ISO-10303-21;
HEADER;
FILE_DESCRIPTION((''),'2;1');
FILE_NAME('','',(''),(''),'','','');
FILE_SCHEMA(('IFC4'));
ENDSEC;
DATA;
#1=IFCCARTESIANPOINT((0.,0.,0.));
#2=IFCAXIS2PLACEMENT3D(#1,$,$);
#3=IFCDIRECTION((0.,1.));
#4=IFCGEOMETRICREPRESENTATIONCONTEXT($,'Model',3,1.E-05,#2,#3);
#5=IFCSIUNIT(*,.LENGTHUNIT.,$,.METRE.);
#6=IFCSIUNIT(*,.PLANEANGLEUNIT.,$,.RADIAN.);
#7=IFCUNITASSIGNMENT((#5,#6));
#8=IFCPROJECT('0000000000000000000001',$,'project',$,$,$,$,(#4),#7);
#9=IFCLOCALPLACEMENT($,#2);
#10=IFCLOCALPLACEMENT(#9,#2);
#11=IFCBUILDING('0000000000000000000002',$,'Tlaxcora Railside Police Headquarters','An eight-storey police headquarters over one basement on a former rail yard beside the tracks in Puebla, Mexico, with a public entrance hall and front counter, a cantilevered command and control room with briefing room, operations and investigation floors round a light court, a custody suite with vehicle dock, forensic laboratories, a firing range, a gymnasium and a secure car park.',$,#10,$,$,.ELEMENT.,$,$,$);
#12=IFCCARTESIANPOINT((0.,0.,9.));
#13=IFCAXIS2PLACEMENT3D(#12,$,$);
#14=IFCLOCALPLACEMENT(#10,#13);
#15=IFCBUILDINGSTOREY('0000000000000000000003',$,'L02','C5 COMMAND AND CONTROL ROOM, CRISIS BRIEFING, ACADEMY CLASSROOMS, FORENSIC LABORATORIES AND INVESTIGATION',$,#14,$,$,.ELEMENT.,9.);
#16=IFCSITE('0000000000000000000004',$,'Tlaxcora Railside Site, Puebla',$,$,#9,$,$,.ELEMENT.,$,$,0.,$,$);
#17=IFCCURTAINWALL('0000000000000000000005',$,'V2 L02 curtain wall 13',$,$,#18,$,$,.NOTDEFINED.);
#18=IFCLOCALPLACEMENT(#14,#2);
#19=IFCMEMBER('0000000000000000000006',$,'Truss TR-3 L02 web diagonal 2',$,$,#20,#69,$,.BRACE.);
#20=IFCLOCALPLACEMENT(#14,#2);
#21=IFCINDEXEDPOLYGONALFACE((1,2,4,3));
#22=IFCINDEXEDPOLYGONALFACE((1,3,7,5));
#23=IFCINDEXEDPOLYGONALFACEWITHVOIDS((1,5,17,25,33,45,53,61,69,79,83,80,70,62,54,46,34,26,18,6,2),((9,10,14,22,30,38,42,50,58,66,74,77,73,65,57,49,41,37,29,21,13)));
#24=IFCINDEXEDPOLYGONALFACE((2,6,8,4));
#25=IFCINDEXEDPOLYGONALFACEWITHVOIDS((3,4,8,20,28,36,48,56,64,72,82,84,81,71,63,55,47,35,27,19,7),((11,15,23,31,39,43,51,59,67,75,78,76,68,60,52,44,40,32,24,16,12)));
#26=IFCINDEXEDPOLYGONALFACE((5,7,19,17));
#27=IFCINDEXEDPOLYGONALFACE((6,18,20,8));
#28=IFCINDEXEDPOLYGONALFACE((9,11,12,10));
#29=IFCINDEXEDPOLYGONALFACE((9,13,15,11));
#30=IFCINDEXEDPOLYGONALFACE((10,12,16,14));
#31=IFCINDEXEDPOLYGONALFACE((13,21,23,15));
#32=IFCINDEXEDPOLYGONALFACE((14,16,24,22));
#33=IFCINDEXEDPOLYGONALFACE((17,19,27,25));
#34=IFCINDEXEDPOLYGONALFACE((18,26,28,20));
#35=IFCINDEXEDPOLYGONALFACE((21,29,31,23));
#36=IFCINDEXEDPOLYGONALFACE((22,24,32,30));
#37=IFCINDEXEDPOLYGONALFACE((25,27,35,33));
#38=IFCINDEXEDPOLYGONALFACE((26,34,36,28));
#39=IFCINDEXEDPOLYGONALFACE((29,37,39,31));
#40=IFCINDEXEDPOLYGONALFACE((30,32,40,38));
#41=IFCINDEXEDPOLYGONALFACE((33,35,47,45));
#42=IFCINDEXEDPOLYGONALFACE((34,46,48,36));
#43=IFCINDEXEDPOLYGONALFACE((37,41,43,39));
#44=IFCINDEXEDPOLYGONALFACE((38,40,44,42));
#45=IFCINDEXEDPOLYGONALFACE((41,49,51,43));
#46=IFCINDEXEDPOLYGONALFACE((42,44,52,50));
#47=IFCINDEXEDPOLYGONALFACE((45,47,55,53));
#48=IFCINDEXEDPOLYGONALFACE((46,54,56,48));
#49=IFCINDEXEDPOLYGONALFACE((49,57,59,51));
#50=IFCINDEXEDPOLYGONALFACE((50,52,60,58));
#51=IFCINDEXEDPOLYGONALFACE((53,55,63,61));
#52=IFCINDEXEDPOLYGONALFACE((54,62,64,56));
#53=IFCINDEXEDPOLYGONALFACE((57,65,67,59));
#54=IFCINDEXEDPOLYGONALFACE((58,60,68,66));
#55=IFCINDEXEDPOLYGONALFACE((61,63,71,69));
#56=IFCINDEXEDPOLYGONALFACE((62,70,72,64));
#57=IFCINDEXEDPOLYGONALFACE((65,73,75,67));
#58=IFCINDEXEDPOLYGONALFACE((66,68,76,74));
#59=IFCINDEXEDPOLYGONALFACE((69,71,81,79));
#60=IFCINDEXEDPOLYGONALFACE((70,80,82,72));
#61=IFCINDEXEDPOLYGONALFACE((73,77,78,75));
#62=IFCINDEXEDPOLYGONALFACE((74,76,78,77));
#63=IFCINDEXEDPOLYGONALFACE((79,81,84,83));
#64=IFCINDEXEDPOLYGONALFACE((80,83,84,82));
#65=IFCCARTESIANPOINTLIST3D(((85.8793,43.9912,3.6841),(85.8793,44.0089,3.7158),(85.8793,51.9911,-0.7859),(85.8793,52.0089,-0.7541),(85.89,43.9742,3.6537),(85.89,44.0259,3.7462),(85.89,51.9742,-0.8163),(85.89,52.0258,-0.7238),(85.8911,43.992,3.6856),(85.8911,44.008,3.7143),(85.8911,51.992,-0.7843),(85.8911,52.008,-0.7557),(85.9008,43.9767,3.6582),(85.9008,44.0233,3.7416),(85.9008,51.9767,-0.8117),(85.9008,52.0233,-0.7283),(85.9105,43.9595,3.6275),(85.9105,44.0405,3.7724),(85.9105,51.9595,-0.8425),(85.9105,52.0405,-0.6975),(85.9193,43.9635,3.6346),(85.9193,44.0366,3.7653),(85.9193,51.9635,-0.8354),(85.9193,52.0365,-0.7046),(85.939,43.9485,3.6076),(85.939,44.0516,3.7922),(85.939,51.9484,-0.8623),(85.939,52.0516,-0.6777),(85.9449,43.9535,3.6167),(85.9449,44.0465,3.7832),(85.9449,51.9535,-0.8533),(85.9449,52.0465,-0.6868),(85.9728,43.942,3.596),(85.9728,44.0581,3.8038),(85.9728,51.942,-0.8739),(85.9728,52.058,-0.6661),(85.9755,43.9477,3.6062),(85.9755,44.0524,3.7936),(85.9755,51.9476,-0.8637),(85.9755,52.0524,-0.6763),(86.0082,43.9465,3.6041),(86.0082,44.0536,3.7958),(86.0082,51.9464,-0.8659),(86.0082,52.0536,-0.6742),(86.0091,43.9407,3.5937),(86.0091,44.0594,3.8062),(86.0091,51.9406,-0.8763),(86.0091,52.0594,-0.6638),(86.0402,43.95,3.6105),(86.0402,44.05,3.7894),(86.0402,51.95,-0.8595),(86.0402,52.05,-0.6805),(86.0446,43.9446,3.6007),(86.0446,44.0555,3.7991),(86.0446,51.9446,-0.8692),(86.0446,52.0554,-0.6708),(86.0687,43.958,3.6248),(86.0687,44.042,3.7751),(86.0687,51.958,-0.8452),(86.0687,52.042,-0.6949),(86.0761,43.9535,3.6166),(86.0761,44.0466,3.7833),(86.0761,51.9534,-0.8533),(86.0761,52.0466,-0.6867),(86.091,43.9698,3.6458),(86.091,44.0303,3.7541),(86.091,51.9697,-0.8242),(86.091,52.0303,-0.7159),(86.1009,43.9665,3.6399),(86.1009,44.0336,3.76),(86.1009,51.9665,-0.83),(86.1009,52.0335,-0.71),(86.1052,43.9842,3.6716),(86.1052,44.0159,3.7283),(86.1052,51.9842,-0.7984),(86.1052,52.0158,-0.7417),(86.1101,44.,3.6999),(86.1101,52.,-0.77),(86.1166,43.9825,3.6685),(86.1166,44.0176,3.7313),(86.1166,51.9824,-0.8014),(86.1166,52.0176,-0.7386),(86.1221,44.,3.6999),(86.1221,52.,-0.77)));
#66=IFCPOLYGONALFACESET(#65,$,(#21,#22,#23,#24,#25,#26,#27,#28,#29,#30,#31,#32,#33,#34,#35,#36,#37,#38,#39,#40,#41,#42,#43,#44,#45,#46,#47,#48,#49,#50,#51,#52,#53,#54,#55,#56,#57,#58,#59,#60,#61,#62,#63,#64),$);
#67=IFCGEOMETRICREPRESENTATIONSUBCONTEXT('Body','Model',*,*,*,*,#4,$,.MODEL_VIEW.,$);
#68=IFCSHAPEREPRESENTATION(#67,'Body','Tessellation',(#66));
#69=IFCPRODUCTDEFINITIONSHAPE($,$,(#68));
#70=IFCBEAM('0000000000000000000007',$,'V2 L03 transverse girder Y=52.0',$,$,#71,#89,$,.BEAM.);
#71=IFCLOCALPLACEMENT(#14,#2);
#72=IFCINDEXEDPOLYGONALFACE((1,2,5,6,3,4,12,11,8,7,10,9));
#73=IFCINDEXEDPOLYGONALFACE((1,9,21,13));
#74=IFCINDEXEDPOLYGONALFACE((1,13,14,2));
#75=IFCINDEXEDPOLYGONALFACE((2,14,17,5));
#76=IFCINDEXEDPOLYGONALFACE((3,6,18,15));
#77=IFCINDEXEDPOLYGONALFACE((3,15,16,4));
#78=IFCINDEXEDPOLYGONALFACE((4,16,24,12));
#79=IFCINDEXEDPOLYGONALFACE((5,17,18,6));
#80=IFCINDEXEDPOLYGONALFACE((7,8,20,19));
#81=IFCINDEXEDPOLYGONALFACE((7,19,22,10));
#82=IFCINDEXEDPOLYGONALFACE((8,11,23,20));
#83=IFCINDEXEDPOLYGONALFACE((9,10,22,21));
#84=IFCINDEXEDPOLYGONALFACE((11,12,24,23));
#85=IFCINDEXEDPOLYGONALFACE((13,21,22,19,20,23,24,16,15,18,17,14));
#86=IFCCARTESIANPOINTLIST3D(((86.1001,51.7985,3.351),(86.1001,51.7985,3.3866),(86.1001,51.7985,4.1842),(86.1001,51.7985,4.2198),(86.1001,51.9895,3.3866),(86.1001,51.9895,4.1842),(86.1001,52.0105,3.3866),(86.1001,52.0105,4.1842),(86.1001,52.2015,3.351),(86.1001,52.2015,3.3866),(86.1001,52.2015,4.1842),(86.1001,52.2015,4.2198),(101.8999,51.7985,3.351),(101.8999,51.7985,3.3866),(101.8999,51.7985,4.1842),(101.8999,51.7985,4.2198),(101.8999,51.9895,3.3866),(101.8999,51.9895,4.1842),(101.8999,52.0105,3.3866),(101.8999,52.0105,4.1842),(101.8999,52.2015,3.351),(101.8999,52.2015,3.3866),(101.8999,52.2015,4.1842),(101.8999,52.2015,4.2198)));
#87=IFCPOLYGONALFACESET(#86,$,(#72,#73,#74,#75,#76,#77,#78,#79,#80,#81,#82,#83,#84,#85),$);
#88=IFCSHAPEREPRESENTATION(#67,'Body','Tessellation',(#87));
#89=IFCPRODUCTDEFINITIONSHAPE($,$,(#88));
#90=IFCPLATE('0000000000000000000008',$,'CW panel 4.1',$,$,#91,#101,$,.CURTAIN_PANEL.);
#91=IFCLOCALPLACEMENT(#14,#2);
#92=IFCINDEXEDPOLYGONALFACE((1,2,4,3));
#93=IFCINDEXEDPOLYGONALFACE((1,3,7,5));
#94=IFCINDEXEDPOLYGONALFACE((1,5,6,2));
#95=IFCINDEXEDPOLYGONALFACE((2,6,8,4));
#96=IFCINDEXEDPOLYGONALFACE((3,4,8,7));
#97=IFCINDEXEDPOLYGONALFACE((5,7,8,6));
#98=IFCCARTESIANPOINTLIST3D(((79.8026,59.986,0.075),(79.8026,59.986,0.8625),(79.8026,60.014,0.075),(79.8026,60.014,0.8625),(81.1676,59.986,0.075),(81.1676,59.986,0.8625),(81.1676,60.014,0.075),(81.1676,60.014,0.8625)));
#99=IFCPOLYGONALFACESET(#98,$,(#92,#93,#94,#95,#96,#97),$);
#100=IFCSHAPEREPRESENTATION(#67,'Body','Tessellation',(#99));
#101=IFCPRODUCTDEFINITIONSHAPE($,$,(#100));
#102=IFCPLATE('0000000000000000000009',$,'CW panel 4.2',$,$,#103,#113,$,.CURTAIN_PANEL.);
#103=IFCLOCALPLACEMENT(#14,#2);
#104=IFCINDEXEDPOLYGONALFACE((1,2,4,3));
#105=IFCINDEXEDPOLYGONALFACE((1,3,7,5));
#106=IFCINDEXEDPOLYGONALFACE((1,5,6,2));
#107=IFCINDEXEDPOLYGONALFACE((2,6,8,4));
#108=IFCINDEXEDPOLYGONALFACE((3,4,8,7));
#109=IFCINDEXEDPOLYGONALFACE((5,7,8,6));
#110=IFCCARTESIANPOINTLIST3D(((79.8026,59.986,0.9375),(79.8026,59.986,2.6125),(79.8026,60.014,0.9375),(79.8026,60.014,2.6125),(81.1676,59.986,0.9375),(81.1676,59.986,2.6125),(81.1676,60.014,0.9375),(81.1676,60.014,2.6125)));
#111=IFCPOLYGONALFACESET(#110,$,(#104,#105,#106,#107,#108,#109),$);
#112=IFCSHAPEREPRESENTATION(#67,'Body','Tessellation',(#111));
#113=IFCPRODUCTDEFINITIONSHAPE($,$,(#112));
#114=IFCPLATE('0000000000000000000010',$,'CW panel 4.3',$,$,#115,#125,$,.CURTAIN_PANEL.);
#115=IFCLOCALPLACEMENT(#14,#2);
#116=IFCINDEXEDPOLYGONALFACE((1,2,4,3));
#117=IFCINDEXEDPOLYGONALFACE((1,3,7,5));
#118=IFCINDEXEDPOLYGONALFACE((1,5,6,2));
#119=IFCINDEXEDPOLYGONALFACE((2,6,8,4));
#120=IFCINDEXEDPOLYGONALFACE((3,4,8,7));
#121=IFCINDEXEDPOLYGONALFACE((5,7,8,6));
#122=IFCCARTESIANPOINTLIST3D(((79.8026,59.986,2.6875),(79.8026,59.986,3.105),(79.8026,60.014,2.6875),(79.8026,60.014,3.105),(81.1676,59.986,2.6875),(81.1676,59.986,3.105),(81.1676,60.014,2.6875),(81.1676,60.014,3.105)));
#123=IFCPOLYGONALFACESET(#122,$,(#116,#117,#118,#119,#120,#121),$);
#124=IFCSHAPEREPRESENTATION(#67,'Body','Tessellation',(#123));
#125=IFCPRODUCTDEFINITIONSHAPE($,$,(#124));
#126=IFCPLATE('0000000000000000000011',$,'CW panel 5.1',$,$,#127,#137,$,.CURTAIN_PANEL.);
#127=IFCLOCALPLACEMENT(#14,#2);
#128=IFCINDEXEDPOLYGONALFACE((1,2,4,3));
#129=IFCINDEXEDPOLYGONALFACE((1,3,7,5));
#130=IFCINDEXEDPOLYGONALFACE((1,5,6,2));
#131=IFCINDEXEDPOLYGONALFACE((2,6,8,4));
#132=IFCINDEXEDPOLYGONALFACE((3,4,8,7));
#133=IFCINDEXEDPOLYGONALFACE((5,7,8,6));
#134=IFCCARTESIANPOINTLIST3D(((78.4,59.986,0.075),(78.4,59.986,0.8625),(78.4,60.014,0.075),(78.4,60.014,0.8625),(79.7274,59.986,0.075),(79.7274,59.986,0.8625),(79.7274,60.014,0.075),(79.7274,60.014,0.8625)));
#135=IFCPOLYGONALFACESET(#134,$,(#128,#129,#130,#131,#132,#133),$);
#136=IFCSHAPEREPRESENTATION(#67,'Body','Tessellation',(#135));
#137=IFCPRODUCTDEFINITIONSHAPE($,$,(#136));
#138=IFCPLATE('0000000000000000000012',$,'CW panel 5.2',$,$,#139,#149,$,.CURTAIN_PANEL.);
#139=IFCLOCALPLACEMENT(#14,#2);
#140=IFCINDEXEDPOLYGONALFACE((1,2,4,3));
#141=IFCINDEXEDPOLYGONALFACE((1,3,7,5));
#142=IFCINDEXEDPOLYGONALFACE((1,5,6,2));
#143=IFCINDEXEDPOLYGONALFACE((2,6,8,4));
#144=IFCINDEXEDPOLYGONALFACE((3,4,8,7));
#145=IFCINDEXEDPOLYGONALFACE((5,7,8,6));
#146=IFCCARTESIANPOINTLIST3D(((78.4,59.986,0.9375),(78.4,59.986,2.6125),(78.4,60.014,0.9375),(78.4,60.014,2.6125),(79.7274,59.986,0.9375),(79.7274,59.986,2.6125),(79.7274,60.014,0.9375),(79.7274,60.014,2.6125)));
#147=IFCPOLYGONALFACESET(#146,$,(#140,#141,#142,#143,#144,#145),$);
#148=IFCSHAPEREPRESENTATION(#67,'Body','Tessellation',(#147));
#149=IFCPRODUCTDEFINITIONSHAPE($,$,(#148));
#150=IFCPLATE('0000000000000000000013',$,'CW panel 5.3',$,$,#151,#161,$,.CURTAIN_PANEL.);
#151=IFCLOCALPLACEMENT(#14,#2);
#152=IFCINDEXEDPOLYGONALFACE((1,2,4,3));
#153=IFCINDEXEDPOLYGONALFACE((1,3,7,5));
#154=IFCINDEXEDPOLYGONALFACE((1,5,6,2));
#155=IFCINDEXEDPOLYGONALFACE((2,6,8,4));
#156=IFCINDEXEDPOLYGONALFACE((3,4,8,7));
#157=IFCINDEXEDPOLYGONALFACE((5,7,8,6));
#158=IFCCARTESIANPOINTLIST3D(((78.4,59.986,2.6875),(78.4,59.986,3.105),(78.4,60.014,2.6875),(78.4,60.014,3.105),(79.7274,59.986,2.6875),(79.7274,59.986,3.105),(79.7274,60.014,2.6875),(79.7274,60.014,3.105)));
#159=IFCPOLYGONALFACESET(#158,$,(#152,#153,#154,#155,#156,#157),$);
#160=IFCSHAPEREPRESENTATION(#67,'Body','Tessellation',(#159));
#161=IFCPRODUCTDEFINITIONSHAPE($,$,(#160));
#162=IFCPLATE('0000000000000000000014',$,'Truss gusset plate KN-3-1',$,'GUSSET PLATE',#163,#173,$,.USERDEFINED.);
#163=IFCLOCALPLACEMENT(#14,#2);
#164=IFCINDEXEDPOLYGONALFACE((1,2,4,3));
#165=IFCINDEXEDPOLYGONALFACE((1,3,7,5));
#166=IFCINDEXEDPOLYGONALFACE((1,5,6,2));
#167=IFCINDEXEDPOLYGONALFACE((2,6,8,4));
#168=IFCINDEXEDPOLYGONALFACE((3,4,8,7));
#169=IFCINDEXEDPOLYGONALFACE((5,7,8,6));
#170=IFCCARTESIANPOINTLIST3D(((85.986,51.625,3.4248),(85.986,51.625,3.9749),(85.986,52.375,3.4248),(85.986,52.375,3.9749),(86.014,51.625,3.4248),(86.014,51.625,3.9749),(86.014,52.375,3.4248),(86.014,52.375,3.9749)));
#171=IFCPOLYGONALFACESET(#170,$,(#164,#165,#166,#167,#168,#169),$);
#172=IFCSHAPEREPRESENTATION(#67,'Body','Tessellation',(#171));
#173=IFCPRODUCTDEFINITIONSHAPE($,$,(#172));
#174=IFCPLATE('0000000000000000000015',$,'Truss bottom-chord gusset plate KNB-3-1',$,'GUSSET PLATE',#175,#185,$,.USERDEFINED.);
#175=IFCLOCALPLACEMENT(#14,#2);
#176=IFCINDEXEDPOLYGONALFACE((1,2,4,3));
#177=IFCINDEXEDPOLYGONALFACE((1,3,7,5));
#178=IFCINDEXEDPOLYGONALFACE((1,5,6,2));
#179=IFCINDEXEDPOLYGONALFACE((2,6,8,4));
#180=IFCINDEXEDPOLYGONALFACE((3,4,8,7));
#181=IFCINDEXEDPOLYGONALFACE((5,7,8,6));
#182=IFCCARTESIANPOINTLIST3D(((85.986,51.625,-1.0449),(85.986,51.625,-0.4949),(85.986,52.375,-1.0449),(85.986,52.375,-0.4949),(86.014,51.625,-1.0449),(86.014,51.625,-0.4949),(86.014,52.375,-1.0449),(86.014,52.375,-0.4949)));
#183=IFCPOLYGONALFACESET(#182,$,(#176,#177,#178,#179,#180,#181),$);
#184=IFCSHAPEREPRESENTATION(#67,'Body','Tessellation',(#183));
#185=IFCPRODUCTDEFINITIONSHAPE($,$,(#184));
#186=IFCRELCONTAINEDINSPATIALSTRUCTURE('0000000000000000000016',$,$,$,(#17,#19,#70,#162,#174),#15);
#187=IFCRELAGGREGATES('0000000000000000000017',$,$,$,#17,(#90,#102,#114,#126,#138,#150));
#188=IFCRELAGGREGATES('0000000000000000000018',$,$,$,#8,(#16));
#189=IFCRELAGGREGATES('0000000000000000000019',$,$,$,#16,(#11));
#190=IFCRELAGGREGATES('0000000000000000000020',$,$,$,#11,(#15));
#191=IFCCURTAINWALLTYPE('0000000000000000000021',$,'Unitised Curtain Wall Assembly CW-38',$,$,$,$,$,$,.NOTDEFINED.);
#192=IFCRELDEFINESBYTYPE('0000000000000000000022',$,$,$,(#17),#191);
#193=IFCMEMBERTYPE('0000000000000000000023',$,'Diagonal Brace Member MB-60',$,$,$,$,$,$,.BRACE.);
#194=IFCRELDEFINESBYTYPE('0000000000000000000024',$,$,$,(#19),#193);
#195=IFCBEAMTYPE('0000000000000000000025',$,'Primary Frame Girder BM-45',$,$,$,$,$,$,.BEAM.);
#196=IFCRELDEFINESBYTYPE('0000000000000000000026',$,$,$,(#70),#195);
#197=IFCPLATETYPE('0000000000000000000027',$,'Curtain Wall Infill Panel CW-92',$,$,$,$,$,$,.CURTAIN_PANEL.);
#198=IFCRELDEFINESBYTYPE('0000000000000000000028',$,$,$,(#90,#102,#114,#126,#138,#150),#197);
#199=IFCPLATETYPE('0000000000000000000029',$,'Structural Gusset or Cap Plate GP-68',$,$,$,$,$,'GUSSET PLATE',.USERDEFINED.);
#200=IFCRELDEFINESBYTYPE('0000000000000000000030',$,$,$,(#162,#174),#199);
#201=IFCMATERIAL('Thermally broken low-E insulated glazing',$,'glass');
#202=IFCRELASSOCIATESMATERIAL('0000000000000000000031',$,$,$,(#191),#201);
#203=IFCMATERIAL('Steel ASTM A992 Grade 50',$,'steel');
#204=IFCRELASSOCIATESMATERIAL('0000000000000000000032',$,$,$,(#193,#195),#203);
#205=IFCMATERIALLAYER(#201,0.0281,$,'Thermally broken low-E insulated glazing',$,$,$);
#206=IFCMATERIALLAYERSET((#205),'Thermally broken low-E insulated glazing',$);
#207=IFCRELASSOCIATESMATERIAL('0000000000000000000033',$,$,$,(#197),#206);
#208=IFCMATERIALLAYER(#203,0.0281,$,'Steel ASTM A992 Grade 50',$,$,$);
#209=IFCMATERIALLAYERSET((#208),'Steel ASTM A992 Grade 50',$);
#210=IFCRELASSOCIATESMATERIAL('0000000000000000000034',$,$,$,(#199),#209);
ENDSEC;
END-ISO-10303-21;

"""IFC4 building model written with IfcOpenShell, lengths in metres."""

from ifc_helpers import new_model, si_unit, direction, frame, origin, origin_2d, place, context, subcontext, project, spatial, rectangle, hollow_circle, i_section, extrude, material, layer, layer_set, material_profile, profile_set, type_object, element, aggregate, save


model = new_model("IFC4")

# Units and contexts
model_context = context("Model", 3, precision=1e-05, world=origin(), true_north=direction((0.0, 1.0)))
body_context = subcontext(model_context, "Body", "Model", "MODEL_VIEW")
ifc_project = project(units=[si_unit("LENGTHUNIT", "METRE"), si_unit("PLANEANGLEUNIT", "RADIAN")], contexts=[model_context])

# Site, building, storey
site_placement = place(None, origin())
site = spatial("IfcSite", under=ifc_project, at=site_placement, Name="Tlaxcora Railside Site, Puebla", CompositionType="ELEMENT", RefElevation=0.0)
building_placement = place(site_placement, origin())
building = spatial("IfcBuilding", under=site, at=building_placement, Name="Tlaxcora Railside Police Headquarters", Description="An eight-storey police headquarters over one basement on a former rail yard beside the tracks in Puebla, Mexico, with a public entrance hall and front counter, a cantilevered command and control room with briefing room, operations and investigation floors round a light court, a custody suite with vehicle dock, forensic laboratories, a firing range, a gymnasium and a secure car park.", CompositionType="ELEMENT")
storey_placement = place(building_placement, frame((0.0, 0.0, 9.0)))
storey = spatial("IfcBuildingStorey", under=building, at=storey_placement, Name="L02", Description="C5 COMMAND AND CONTROL ROOM, CRISIS BRIEFING, ACADEMY CLASSROOMS, FORENSIC LABORATORIES AND INVESTIGATION", CompositionType="ELEMENT", Elevation=9.0)

# Curtain wall
ifc_material_1 = material(Name="Thermally broken low-E insulated glazing", Category="glass")
curtain_wall_type = type_object("IfcCurtainWallType", Name="Unitised Curtain Wall Assembly CW-38", PredefinedType="NOTDEFINED", material=ifc_material_1)
curtain_wall_placement = place(storey_placement, origin())
curtain_wall = element("IfcCurtainWall", 1, at=curtain_wall_placement, inside=storey, type_object=curtain_wall_type, Name="V2 L02 curtain wall 13", PredefinedType="NOTDEFINED")

# Member
ifc_material_2 = material(Name="Steel ASTM A992 Grade 50", Category="steel")
ifc_material_profile_1 = material_profile(ifc_material_2, hollow_circle(Radius=0.1221, WallThickness=0.012, at=origin_2d()), Name="CHS244X12")
ifc_profile_set_1 = profile_set([ifc_material_profile_1], Name="Steel ASTM A992 Grade 50")
member_type_1 = type_object("IfcMemberType", Name="Diagonal Brace Member MB-60", PredefinedType="BRACE", material=ifc_profile_set_1)
member_1_placement = place(storey_placement, frame((86.0, 52.0, -0.77), z_axis=(0.0, -0.872972, 0.48777), x_axis=(1.0, 0.0, 0.0)))
element("IfcMember", 2, at=member_1_placement, inside=storey, type_object=member_type_1, Name="Truss TR-3 L02 web diagonal 2", PredefinedType="BRACE", context=body_context, shape_type="SweptSolid", body=[
    extrude(hollow_circle(Radius=0.1221, WallThickness=0.012, at=origin_2d()), origin(), (0.0, 0.0, 1.0), 9.1641),
])

# Beam
ifc_material_profile_2 = material_profile(ifc_material_2, i_section(OverallWidth=0.4031, OverallDepth=0.8689, WebThickness=0.021, FlangeThickness=0.0356, at=origin_2d()), Name="W33X241")
ifc_profile_set_2 = profile_set([ifc_material_profile_2], Name="Steel ASTM A992 Grade 50")
beam_type = type_object("IfcBeamType", Name="Primary Frame Girder BM-45", PredefinedType="BEAM", material=ifc_profile_set_2)
beam_placement = place(storey_placement, frame((86.1001, 52.0, 3.7854), z_axis=(1.0, 0.0, 0.0), x_axis=(0.0, 1.0, 0.0)))
element("IfcBeam", 3, at=beam_placement, inside=storey, type_object=beam_type, Name="V2 L03 transverse girder Y=52.0", PredefinedType="BEAM", context=body_context, shape_type="SweptSolid", body=[
    extrude(i_section(OverallWidth=0.4031, OverallDepth=0.8689, WebThickness=0.021, FlangeThickness=0.0356, at=origin_2d()), origin(), (0.0, 0.0, 1.0), 15.7998),
])

# Plates
ifc_layer_1 = layer(ifc_material_1, 0.0281, Name="Thermally broken low-E insulated glazing")
ifc_layer_set_1 = layer_set([ifc_layer_1], Name="Thermally broken low-E insulated glazing")
plate_type_1 = type_object("IfcPlateType", Name="Curtain Wall Infill Panel CW-92", PredefinedType="CURTAIN_PANEL", material=ifc_layer_set_1)
plate_1_placement = place(storey_placement, frame((80.4851, 60.0, 0.075), z_axis=(0.0, 0.0, 1.0), x_axis=(-1.0, 0.0, 0.0)))
plate_1 = element("IfcPlate", 4, at=plate_1_placement, type_object=plate_type_1, Name="CW panel 4.1", PredefinedType="CURTAIN_PANEL", context=body_context, shape_type="SweptSolid", body=[
    extrude(rectangle(XDim=1.365, YDim=0.0281, at=origin_2d()), origin(), (0.0, 0.0, 1.0), 0.7876),
])
plate_2_placement = place(storey_placement, frame((80.4851, 60.0, 0.9375), z_axis=(0.0, 0.0, 1.0), x_axis=(-1.0, 0.0, 0.0)))
plate_2 = element("IfcPlate", 5, at=plate_2_placement, type_object=plate_type_1, Name="CW panel 4.2", PredefinedType="CURTAIN_PANEL", context=body_context, shape_type="SweptSolid", body=[
    extrude(rectangle(XDim=1.365, YDim=0.0281, at=origin_2d()), origin(), (0.0, 0.0, 1.0), 1.675),
])
plate_3_placement = place(storey_placement, frame((80.4851, 60.0, 2.6875), z_axis=(0.0, 0.0, 1.0), x_axis=(-1.0, 0.0, 0.0)))
plate_3 = element("IfcPlate", 6, at=plate_3_placement, type_object=plate_type_1, Name="CW panel 4.3", PredefinedType="CURTAIN_PANEL", context=body_context, shape_type="SweptSolid", body=[
    extrude(rectangle(XDim=1.365, YDim=0.0281, at=origin_2d()), origin(), (0.0, 0.0, 1.0), 0.4175),
])
plate_4_placement = place(storey_placement, frame((79.0637, 60.0, 0.075), z_axis=(0.0, 0.0, 1.0), x_axis=(-1.0, 0.0, 0.0)))
plate_4 = element("IfcPlate", 7, at=plate_4_placement, type_object=plate_type_1, Name="CW panel 5.1", PredefinedType="CURTAIN_PANEL", context=body_context, shape_type="SweptSolid", body=[
    extrude(rectangle(XDim=1.3274, YDim=0.0281, at=origin_2d()), origin(), (0.0, 0.0, 1.0), 0.7876),
])
plate_5_placement = place(storey_placement, frame((79.0637, 60.0, 0.9375), z_axis=(0.0, 0.0, 1.0), x_axis=(-1.0, 0.0, 0.0)))
plate_5 = element("IfcPlate", 8, at=plate_5_placement, type_object=plate_type_1, Name="CW panel 5.2", PredefinedType="CURTAIN_PANEL", context=body_context, shape_type="SweptSolid", body=[
    extrude(rectangle(XDim=1.3274, YDim=0.0281, at=origin_2d()), origin(), (0.0, 0.0, 1.0), 1.675),
])
plate_6_placement = place(storey_placement, frame((79.0637, 60.0, 2.6875), z_axis=(0.0, 0.0, 1.0), x_axis=(-1.0, 0.0, 0.0)))
plate_6 = element("IfcPlate", 9, at=plate_6_placement, type_object=plate_type_1, Name="CW panel 5.3", PredefinedType="CURTAIN_PANEL", context=body_context, shape_type="SweptSolid", body=[
    extrude(rectangle(XDim=1.3274, YDim=0.0281, at=origin_2d()), origin(), (0.0, 0.0, 1.0), 0.4175),
])
aggregate(curtain_wall, [plate_1, plate_2, plate_3, plate_4, plate_5, plate_6])

# Plates
ifc_layer_2 = layer(ifc_material_2, 0.0281, Name="Steel ASTM A992 Grade 50")
ifc_layer_set_2 = layer_set([ifc_layer_2], Name="Steel ASTM A992 Grade 50")
plate_type_2 = type_object("IfcPlateType", Name="Structural Gusset or Cap Plate GP-68", ElementType="GUSSET PLATE", PredefinedType="USERDEFINED", material=ifc_layer_set_2)
for number, where, z_axis, x_axis, name in (
    (10, (86.0, 52.0, 3.4248), (0.0, 0.0, 1.0), (0.0, 1.0, 0.0), "Truss gusset plate KN-3-1"),
    (11, (86.0, 52.0, -1.0449), (0.0, 0.0, 1.0), (0.0, 1.0, 0.0), "Truss bottom-chord gusset plate KNB-3-1"),
):
    element("IfcPlate", number, at=place(storey_placement, frame(where, z_axis=z_axis, x_axis=x_axis)), inside=storey, type_object=plate_type_2, Name=name, ObjectType="GUSSET PLATE", PredefinedType="USERDEFINED", context=body_context, shape_type="SweptSolid", body=[
        extrude(rectangle(XDim=0.75, YDim=0.0281, at=origin_2d()), origin(), (0.0, 0.0, 1.0), 0.55),
    ])

save(model, "model.ifc")
